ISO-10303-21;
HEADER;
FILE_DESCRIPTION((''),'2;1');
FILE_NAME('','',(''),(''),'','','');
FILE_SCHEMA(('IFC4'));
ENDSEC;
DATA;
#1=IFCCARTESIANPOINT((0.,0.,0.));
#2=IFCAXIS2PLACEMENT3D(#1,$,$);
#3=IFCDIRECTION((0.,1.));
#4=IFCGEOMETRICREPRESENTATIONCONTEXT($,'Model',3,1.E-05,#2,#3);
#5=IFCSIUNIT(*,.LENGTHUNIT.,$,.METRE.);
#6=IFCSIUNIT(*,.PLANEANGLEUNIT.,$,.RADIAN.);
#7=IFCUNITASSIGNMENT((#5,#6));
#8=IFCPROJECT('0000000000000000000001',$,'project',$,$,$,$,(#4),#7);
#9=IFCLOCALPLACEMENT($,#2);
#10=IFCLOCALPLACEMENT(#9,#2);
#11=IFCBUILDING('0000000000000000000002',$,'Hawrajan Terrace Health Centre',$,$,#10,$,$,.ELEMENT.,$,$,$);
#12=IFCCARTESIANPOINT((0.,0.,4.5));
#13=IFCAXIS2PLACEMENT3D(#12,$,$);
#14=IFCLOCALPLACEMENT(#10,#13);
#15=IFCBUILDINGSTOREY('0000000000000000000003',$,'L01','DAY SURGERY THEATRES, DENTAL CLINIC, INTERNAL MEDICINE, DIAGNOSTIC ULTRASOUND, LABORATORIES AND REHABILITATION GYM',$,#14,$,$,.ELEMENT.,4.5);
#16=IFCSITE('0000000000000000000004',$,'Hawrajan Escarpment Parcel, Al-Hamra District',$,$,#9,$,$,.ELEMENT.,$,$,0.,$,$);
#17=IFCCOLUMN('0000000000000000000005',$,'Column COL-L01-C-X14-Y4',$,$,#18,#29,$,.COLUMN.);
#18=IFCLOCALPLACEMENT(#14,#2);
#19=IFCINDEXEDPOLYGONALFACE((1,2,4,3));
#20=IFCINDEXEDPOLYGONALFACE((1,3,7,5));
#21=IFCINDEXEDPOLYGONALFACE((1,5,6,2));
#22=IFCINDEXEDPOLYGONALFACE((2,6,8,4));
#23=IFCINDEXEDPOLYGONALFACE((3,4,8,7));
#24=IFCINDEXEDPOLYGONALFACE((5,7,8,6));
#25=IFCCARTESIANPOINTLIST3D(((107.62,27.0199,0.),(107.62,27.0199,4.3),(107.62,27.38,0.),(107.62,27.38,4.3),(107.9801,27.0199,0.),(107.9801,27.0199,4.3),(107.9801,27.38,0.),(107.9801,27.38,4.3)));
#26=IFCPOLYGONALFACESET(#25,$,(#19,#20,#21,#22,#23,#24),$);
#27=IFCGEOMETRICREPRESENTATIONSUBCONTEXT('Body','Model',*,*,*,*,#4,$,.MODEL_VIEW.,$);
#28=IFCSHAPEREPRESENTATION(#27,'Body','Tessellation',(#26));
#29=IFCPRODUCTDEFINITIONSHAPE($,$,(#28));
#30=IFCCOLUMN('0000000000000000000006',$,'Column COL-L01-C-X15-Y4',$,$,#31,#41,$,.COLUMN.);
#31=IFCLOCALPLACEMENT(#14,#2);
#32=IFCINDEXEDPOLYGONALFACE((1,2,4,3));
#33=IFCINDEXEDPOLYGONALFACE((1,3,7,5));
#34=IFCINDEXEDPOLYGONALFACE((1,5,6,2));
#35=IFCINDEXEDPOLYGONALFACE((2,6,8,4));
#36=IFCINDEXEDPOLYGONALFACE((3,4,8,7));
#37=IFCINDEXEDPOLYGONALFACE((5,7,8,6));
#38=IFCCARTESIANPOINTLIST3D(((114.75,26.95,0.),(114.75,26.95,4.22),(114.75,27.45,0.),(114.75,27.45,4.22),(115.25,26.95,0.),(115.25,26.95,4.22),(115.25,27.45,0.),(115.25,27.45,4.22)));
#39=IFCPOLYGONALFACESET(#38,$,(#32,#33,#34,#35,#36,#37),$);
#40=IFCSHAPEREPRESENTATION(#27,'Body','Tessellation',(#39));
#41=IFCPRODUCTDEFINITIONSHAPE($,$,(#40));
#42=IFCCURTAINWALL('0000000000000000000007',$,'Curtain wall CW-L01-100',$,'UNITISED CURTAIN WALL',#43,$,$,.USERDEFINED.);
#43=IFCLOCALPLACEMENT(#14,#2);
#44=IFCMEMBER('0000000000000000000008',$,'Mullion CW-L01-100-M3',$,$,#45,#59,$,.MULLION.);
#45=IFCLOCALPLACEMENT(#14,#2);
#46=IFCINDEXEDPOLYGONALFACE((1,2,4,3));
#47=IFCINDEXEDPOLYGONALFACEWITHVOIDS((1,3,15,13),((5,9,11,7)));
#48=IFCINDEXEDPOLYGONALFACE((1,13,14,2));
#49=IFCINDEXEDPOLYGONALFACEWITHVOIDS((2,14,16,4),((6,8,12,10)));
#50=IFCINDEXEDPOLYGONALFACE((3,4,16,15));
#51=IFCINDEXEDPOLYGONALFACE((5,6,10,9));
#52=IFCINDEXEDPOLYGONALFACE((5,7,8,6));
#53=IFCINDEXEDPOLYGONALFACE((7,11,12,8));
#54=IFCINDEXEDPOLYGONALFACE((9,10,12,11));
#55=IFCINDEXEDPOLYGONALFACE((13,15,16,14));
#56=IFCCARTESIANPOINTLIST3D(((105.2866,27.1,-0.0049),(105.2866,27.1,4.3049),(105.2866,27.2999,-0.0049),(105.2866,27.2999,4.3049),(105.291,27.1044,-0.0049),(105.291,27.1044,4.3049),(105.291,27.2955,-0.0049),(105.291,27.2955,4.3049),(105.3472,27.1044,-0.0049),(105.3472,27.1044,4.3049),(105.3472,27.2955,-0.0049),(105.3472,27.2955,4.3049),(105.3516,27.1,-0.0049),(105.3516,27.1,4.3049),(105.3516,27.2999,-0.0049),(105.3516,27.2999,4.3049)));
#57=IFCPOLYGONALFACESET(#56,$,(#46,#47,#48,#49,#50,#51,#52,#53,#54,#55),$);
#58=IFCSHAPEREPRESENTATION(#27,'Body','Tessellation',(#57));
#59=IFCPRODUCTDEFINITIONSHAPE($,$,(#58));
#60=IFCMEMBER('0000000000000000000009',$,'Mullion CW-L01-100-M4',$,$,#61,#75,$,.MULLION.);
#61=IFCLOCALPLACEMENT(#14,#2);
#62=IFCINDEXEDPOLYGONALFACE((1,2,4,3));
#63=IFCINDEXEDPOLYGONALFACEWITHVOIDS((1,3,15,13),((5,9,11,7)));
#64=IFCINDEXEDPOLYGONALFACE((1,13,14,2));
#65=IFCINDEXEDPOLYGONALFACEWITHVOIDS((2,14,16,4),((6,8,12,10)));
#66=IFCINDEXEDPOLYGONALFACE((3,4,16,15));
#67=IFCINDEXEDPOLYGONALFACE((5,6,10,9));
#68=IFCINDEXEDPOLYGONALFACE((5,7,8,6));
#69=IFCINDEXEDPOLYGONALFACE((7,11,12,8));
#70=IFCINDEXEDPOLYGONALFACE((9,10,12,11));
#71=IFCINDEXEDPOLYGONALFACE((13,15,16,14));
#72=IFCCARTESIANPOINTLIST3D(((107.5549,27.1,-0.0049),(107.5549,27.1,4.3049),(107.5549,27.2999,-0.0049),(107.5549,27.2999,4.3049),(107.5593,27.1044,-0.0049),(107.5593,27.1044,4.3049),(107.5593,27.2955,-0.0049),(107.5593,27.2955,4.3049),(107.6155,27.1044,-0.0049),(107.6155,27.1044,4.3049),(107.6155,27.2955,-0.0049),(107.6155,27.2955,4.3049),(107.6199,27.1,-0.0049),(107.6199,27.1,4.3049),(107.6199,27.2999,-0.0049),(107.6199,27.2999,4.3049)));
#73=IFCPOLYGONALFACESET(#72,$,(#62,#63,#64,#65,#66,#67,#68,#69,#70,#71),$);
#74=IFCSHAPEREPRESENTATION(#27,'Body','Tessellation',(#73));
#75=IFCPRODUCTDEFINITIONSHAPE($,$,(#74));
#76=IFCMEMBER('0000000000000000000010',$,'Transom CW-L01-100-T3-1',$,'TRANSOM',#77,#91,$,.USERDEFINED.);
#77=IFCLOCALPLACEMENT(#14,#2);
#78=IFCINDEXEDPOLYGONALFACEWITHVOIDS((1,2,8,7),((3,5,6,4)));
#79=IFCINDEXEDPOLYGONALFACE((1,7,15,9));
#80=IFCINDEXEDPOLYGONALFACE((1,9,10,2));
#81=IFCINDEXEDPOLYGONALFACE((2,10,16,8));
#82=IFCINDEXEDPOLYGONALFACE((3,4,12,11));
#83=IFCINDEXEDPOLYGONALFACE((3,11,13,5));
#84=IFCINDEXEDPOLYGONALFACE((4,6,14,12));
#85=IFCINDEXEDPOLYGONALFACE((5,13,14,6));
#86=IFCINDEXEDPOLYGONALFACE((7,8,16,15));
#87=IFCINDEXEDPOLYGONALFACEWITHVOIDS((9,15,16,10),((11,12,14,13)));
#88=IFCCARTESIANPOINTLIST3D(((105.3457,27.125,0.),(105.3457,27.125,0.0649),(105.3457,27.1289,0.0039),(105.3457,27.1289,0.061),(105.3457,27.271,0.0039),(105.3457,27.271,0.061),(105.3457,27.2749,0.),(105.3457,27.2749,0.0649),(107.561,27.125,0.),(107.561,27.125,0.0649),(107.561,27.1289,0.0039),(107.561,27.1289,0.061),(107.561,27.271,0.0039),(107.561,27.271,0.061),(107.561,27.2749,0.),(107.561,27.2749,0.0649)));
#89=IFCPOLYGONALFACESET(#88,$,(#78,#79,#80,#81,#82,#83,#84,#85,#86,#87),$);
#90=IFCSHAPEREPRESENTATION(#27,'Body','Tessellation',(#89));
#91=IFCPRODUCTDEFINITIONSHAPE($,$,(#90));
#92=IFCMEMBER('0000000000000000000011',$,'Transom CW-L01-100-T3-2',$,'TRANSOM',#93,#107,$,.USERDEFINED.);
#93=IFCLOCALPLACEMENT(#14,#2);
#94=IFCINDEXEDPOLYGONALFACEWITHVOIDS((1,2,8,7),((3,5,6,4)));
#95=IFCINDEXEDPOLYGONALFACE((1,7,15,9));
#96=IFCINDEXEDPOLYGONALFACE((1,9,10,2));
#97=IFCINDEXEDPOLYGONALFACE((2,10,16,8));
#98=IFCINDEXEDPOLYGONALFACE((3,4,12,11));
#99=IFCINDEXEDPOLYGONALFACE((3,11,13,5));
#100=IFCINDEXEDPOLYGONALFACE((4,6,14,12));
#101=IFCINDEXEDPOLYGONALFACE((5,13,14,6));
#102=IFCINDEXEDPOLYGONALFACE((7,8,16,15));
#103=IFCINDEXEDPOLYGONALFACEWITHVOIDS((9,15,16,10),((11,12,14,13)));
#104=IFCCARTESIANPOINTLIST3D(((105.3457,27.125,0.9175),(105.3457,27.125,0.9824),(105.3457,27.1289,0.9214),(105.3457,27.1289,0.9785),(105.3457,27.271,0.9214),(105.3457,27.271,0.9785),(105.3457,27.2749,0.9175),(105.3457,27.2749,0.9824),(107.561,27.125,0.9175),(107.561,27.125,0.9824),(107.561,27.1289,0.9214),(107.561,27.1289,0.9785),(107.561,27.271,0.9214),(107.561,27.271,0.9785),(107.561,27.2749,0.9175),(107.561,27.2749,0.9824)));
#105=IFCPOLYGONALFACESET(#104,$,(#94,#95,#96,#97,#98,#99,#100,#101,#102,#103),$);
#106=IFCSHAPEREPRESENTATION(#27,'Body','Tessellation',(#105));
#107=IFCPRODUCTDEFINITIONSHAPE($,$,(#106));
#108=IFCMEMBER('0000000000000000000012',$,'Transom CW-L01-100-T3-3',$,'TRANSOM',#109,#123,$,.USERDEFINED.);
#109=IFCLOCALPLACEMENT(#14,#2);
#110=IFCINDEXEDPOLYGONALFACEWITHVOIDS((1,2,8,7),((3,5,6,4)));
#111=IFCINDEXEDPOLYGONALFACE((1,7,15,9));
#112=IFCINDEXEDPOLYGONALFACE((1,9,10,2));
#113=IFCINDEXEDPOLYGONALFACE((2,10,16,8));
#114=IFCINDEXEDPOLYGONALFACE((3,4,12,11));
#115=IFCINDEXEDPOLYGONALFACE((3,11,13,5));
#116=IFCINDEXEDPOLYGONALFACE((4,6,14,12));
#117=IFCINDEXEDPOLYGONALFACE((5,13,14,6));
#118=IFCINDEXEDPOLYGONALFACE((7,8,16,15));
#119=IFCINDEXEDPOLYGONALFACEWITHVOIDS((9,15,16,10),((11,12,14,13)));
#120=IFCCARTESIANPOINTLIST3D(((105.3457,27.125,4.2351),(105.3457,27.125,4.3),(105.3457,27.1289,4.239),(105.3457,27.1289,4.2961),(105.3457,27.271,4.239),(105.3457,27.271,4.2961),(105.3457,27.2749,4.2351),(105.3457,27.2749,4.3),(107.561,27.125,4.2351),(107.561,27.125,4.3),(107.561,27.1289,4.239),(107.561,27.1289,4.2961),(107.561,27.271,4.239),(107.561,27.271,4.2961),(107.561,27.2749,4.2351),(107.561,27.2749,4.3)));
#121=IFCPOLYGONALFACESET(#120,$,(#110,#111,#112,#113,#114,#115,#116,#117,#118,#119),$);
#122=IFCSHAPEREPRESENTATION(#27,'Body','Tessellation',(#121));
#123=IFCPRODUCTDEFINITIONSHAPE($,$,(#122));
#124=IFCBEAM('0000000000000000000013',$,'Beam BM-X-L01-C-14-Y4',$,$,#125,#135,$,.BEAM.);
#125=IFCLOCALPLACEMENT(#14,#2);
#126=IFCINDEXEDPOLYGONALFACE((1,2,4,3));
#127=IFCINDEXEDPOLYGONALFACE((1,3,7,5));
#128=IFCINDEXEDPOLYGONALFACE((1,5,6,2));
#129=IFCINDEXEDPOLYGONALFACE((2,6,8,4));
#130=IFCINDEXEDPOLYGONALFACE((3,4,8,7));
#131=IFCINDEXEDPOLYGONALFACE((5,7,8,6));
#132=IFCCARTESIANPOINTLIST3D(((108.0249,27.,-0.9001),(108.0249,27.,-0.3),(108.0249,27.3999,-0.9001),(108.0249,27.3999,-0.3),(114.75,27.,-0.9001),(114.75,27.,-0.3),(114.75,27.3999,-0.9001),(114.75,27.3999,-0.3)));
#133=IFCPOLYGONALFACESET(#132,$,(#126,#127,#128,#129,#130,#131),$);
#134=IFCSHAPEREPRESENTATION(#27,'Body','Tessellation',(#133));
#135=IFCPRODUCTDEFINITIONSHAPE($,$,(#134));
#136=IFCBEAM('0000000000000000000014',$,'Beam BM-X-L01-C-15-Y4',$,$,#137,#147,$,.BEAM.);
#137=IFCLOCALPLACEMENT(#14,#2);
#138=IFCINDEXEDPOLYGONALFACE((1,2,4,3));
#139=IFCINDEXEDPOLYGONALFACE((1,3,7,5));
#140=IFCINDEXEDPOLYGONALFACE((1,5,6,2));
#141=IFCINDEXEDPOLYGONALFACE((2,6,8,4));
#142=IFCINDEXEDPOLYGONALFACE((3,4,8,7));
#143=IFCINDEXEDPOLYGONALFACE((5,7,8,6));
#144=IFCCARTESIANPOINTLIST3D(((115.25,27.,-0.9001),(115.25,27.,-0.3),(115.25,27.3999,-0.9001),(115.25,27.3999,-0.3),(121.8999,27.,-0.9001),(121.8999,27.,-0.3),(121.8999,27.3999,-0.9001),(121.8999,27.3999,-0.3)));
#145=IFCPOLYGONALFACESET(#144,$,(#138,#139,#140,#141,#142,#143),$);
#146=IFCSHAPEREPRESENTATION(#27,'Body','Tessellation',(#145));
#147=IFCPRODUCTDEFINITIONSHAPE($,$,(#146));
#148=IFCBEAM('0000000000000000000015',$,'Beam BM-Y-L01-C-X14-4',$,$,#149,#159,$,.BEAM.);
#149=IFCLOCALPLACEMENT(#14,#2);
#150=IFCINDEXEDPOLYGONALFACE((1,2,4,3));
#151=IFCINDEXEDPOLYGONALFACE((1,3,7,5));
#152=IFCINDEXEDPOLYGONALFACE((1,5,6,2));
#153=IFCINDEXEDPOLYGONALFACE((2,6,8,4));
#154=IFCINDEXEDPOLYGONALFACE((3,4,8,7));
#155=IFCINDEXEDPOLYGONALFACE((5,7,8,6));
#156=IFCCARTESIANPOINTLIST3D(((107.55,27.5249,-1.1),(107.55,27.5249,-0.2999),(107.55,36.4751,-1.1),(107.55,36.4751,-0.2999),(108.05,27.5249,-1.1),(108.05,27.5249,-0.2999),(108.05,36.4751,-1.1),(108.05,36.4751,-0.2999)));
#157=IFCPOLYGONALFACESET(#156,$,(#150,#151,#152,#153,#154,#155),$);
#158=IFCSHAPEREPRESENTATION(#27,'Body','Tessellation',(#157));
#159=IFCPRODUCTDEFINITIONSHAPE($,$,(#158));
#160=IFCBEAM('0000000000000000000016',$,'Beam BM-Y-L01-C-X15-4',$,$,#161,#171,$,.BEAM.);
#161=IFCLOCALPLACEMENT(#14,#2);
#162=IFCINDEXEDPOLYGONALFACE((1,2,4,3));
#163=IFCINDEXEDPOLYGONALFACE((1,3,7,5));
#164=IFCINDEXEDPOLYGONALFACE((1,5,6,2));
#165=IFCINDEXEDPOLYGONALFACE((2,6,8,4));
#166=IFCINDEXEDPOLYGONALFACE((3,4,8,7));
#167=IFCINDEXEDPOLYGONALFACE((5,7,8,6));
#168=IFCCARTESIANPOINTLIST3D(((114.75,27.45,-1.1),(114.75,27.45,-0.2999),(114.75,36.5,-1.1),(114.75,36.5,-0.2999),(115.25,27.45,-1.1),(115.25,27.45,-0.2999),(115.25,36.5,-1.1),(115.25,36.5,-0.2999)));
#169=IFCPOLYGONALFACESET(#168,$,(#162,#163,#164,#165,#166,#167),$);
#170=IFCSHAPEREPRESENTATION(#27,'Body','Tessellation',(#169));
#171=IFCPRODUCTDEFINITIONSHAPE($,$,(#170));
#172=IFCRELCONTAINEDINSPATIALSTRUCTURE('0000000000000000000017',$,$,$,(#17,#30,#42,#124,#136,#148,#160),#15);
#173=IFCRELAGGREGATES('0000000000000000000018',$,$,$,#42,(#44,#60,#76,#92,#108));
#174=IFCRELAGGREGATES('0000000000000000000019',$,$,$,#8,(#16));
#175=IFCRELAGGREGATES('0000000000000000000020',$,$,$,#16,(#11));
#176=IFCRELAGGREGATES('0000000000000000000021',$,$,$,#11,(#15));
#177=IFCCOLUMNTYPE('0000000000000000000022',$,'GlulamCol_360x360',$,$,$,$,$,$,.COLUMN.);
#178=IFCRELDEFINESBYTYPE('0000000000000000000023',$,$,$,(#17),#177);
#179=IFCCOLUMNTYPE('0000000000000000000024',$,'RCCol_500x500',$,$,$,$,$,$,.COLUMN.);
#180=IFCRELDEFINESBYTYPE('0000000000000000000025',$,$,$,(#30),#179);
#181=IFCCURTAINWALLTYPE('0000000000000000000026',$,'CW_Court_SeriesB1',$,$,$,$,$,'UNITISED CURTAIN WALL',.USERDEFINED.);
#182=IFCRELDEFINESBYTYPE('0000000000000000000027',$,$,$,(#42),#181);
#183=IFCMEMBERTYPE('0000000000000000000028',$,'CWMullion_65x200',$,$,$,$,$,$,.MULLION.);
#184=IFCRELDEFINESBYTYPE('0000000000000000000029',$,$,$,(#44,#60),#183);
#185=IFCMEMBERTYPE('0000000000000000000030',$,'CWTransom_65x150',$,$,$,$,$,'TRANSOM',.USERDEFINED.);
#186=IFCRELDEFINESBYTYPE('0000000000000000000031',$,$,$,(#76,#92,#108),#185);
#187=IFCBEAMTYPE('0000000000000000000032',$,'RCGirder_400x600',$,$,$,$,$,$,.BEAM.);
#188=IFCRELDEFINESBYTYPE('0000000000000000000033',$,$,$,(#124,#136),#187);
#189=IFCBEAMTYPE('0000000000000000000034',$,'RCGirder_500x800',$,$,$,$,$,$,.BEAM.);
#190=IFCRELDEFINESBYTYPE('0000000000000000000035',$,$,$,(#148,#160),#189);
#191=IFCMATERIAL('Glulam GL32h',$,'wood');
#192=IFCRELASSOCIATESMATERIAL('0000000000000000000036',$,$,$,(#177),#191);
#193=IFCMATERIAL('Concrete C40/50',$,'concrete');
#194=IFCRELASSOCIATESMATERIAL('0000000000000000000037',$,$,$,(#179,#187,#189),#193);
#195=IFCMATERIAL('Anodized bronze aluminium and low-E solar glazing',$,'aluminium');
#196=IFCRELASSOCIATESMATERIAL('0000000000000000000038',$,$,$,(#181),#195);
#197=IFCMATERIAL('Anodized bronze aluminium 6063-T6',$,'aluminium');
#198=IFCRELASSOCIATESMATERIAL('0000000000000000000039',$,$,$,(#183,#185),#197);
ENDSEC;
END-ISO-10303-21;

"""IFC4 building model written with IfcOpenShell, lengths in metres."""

from ifc_helpers import new_model, si_unit, direction, frame, origin, origin_2d, place, context, subcontext, project, spatial, rectangle, hollow_rectangle, extrude, material, material_profile, profile_set, type_object, element, aggregate, save


model = new_model("IFC4")

# Units and contexts
model_context = context("Model", 3, precision=1e-05, world=origin(), true_north=direction((0.0, 1.0)))
body_context = subcontext(model_context, "Body", "Model", "MODEL_VIEW")
ifc_project = project(units=[si_unit("LENGTHUNIT", "METRE"), si_unit("PLANEANGLEUNIT", "RADIAN")], contexts=[model_context])

# Site, building, storey
site_placement = place(None, origin())
site = spatial("IfcSite", under=ifc_project, at=site_placement, Name="Hawrajan Escarpment Parcel, Al-Hamra District", CompositionType="ELEMENT", RefElevation=0.0)
building_placement = place(site_placement, origin())
building = spatial("IfcBuilding", under=site, at=building_placement, Name="Hawrajan Terrace Health Centre", CompositionType="ELEMENT")
storey_placement = place(building_placement, frame((0.0, 0.0, 4.5)))
storey = spatial("IfcBuildingStorey", under=building, at=storey_placement, Name="L01", Description="DAY SURGERY THEATRES, DENTAL CLINIC, INTERNAL MEDICINE, DIAGNOSTIC ULTRASOUND, LABORATORIES AND REHABILITATION GYM", CompositionType="ELEMENT", Elevation=4.5)

# Columns
ifc_material_1 = material(Name="Glulam GL32h", Category="wood")
ifc_material_profile_1 = material_profile(ifc_material_1, rectangle(XDim=0.3601, YDim=0.3601, at=origin_2d()), Name="GL 360x360")
ifc_profile_set_1 = profile_set([ifc_material_profile_1], Name="Glulam GL32h")
column_type_1 = type_object("IfcColumnType", Name="GlulamCol_360x360", PredefinedType="COLUMN", material=ifc_profile_set_1)
column_1_placement = place(storey_placement, frame((107.8, 27.2, 0.0), z_axis=(0.0, 0.0, 1.0), x_axis=(1.0, 0.0, 0.0)))
element("IfcColumn", 1, at=column_1_placement, inside=storey, type_object=column_type_1, Name="Column COL-L01-C-X14-Y4", PredefinedType="COLUMN", context=body_context, shape_type="SweptSolid", body=[
    extrude(rectangle(XDim=0.3601, YDim=0.3601, at=origin_2d()), origin(), (0.0, 0.0, 1.0), 4.3),
])
ifc_material_2 = material(Name="Concrete C40/50", Category="concrete")
ifc_material_profile_2 = material_profile(ifc_material_2, rectangle(XDim=0.5, YDim=0.5, at=origin_2d()), Name="RC 500x500")
ifc_profile_set_2 = profile_set([ifc_material_profile_2], Name="Concrete C40/50")
column_type_2 = type_object("IfcColumnType", Name="RCCol_500x500", PredefinedType="COLUMN", material=ifc_profile_set_2)
column_2_placement = place(storey_placement, frame((115.0, 27.2, 0.0), z_axis=(0.0, 0.0, 1.0), x_axis=(1.0, 0.0, 0.0)))
element("IfcColumn", 2, at=column_2_placement, inside=storey, type_object=column_type_2, Name="Column COL-L01-C-X15-Y4", PredefinedType="COLUMN", context=body_context, shape_type="SweptSolid", body=[
    extrude(rectangle(XDim=0.5, YDim=0.5, at=origin_2d()), origin(), (0.0, 0.0, 1.0), 4.22),
])

# Curtain wall, members
ifc_material_3 = material(Name="Anodized bronze aluminium and low-E solar glazing", Category="aluminium")
curtain_wall_type = type_object("IfcCurtainWallType", Name="CW_Court_SeriesB1", ElementType="UNITISED CURTAIN WALL", PredefinedType="USERDEFINED", material=ifc_material_3)
curtain_wall_placement = place(storey_placement, origin())
curtain_wall = element("IfcCurtainWall", 3, at=curtain_wall_placement, inside=storey, type_object=curtain_wall_type, Name="Curtain wall CW-L01-100", ObjectType="UNITISED CURTAIN WALL", PredefinedType="USERDEFINED")
ifc_material_4 = material(Name="Anodized bronze aluminium 6063-T6", Category="aluminium")
ifc_material_profile_3 = material_profile(ifc_material_4, hollow_rectangle(XDim=0.0649, YDim=0.2, WallThickness=0.0044, at=origin_2d()), Name="CW MUL 65x200")
ifc_profile_set_3 = profile_set([ifc_material_profile_3], Name="Anodized bronze aluminium 6063-T6")
member_type_1 = type_object("IfcMemberType", Name="CWMullion_65x200", PredefinedType="MULLION", material=ifc_profile_set_3)
member_1_placement = place(storey_placement, frame((105.3191, 27.2, -0.0049), z_axis=(0.0, 0.0, 1.0), x_axis=(1.0, 0.0, 0.0)))
member_1 = element("IfcMember", 4, at=member_1_placement, type_object=member_type_1, Name="Mullion CW-L01-100-M3", PredefinedType="MULLION", context=body_context, shape_type="SweptSolid", body=[
    extrude(hollow_rectangle(XDim=0.0649, YDim=0.2, WallThickness=0.0044, at=origin_2d()), origin(), (0.0, 0.0, 1.0), 4.3098),
])
member_2_placement = place(storey_placement, frame((107.5874, 27.2, -0.0049), z_axis=(0.0, 0.0, 1.0), x_axis=(1.0, 0.0, 0.0)))
member_2 = element("IfcMember", 5, at=member_2_placement, type_object=member_type_1, Name="Mullion CW-L01-100-M4", PredefinedType="MULLION", context=body_context, shape_type="SweptSolid", body=[
    extrude(hollow_rectangle(XDim=0.0649, YDim=0.2, WallThickness=0.0044, at=origin_2d()), origin(), (0.0, 0.0, 1.0), 4.3098),
])
ifc_material_profile_4 = material_profile(ifc_material_4, hollow_rectangle(XDim=0.0649, YDim=0.1499, WallThickness=0.0039, at=origin_2d()), Name="CW TRN 65x150")
ifc_profile_set_4 = profile_set([ifc_material_profile_4], Name="Anodized bronze aluminium 6063-T6")
member_type_2 = type_object("IfcMemberType", Name="CWTransom_65x150", ElementType="TRANSOM", PredefinedType="USERDEFINED", material=ifc_profile_set_4)
member_3_placement = place(storey_placement, frame((105.3457, 27.2, 0.0325), z_axis=(1.0, 0.0, 0.0), x_axis=(0.0, 0.0, 1.0)))
member_3 = element("IfcMember", 6, at=member_3_placement, type_object=member_type_2, Name="Transom CW-L01-100-T3-1", ObjectType="TRANSOM", PredefinedType="USERDEFINED", context=body_context, shape_type="SweptSolid", body=[
    extrude(hollow_rectangle(XDim=0.0649, YDim=0.1499, WallThickness=0.0039, at=origin_2d()), origin(), (0.0, 0.0, 1.0), 2.2153),
])
member_4_placement = place(storey_placement, frame((105.3457, 27.2, 0.95), z_axis=(1.0, 0.0, 0.0), x_axis=(0.0, 0.0, 1.0)))
member_4 = element("IfcMember", 7, at=member_4_placement, type_object=member_type_2, Name="Transom CW-L01-100-T3-2", ObjectType="TRANSOM", PredefinedType="USERDEFINED", context=body_context, shape_type="SweptSolid", body=[
    extrude(hollow_rectangle(XDim=0.0649, YDim=0.1499, WallThickness=0.0039, at=origin_2d()), origin(), (0.0, 0.0, 1.0), 2.2153),
])
member_5_placement = place(storey_placement, frame((105.3457, 27.2, 4.2676), z_axis=(1.0, 0.0, 0.0), x_axis=(0.0, 0.0, 1.0)))
member_5 = element("IfcMember", 8, at=member_5_placement, type_object=member_type_2, Name="Transom CW-L01-100-T3-3", ObjectType="TRANSOM", PredefinedType="USERDEFINED", context=body_context, shape_type="SweptSolid", body=[
    extrude(hollow_rectangle(XDim=0.0649, YDim=0.1499, WallThickness=0.0039, at=origin_2d()), origin(), (0.0, 0.0, 1.0), 2.2153),
])

# Beams
ifc_material_profile_5 = material_profile(ifc_material_2, rectangle(XDim=0.3999, YDim=0.6001, at=origin_2d()), Name="RC BM 400x600")
ifc_profile_set_5 = profile_set([ifc_material_profile_5], Name="Concrete C40/50")
beam_type_1 = type_object("IfcBeamType", Name="RCGirder_400x600", PredefinedType="BEAM", material=ifc_profile_set_5)
beam_1_placement = place(storey_placement, frame((108.0249, 27.2, -0.6001), z_axis=(1.0, 0.0, 0.0), x_axis=(0.0, 1.0, 0.0)))
element("IfcBeam", 9, at=beam_1_placement, inside=storey, type_object=beam_type_1, Name="Beam BM-X-L01-C-14-Y4", PredefinedType="BEAM", context=body_context, shape_type="SweptSolid", body=[
    extrude(rectangle(XDim=0.3999, YDim=0.6001, at=origin_2d()), origin(), (0.0, 0.0, 1.0), 6.7251),
])
beam_2_placement = place(storey_placement, frame((115.25, 27.2, -0.6001), z_axis=(1.0, 0.0, 0.0), x_axis=(0.0, 1.0, 0.0)))
element("IfcBeam", 10, at=beam_2_placement, inside=storey, type_object=beam_type_1, Name="Beam BM-X-L01-C-15-Y4", PredefinedType="BEAM", context=body_context, shape_type="SweptSolid", body=[
    extrude(rectangle(XDim=0.3999, YDim=0.6001, at=origin_2d()), origin(), (0.0, 0.0, 1.0), 6.6499),
])
ifc_material_profile_6 = material_profile(ifc_material_2, rectangle(XDim=0.5, YDim=0.8, at=origin_2d()), Name="RC BM 500x800")
ifc_profile_set_6 = profile_set([ifc_material_profile_6], Name="Concrete C40/50")
beam_type_2 = type_object("IfcBeamType", Name="RCGirder_500x800", PredefinedType="BEAM", material=ifc_profile_set_6)
beam_3_placement = place(storey_placement, frame((107.8, 27.5249, -0.7), z_axis=(0.0, 1.0, 0.0), x_axis=(-1.0, 0.0, 0.0)))
element("IfcBeam", 11, at=beam_3_placement, inside=storey, type_object=beam_type_2, Name="Beam BM-Y-L01-C-X14-4", PredefinedType="BEAM", context=body_context, shape_type="SweptSolid", body=[
    extrude(rectangle(XDim=0.5, YDim=0.8, at=origin_2d()), origin(), (0.0, 0.0, 1.0), 8.9502),
])
beam_4_placement = place(storey_placement, frame((115.0, 27.45, -0.7), z_axis=(0.0, 1.0, 0.0), x_axis=(-1.0, 0.0, 0.0)))
element("IfcBeam", 12, at=beam_4_placement, inside=storey, type_object=beam_type_2, Name="Beam BM-Y-L01-C-X15-4", PredefinedType="BEAM", context=body_context, shape_type="SweptSolid", body=[
    extrude(rectangle(XDim=0.5, YDim=0.8, at=origin_2d()), origin(), (0.0, 0.0, 1.0), 9.05),
])

aggregate(curtain_wall, [member_1, member_2, member_3, member_4, member_5])

save(model, "model.ifc")
